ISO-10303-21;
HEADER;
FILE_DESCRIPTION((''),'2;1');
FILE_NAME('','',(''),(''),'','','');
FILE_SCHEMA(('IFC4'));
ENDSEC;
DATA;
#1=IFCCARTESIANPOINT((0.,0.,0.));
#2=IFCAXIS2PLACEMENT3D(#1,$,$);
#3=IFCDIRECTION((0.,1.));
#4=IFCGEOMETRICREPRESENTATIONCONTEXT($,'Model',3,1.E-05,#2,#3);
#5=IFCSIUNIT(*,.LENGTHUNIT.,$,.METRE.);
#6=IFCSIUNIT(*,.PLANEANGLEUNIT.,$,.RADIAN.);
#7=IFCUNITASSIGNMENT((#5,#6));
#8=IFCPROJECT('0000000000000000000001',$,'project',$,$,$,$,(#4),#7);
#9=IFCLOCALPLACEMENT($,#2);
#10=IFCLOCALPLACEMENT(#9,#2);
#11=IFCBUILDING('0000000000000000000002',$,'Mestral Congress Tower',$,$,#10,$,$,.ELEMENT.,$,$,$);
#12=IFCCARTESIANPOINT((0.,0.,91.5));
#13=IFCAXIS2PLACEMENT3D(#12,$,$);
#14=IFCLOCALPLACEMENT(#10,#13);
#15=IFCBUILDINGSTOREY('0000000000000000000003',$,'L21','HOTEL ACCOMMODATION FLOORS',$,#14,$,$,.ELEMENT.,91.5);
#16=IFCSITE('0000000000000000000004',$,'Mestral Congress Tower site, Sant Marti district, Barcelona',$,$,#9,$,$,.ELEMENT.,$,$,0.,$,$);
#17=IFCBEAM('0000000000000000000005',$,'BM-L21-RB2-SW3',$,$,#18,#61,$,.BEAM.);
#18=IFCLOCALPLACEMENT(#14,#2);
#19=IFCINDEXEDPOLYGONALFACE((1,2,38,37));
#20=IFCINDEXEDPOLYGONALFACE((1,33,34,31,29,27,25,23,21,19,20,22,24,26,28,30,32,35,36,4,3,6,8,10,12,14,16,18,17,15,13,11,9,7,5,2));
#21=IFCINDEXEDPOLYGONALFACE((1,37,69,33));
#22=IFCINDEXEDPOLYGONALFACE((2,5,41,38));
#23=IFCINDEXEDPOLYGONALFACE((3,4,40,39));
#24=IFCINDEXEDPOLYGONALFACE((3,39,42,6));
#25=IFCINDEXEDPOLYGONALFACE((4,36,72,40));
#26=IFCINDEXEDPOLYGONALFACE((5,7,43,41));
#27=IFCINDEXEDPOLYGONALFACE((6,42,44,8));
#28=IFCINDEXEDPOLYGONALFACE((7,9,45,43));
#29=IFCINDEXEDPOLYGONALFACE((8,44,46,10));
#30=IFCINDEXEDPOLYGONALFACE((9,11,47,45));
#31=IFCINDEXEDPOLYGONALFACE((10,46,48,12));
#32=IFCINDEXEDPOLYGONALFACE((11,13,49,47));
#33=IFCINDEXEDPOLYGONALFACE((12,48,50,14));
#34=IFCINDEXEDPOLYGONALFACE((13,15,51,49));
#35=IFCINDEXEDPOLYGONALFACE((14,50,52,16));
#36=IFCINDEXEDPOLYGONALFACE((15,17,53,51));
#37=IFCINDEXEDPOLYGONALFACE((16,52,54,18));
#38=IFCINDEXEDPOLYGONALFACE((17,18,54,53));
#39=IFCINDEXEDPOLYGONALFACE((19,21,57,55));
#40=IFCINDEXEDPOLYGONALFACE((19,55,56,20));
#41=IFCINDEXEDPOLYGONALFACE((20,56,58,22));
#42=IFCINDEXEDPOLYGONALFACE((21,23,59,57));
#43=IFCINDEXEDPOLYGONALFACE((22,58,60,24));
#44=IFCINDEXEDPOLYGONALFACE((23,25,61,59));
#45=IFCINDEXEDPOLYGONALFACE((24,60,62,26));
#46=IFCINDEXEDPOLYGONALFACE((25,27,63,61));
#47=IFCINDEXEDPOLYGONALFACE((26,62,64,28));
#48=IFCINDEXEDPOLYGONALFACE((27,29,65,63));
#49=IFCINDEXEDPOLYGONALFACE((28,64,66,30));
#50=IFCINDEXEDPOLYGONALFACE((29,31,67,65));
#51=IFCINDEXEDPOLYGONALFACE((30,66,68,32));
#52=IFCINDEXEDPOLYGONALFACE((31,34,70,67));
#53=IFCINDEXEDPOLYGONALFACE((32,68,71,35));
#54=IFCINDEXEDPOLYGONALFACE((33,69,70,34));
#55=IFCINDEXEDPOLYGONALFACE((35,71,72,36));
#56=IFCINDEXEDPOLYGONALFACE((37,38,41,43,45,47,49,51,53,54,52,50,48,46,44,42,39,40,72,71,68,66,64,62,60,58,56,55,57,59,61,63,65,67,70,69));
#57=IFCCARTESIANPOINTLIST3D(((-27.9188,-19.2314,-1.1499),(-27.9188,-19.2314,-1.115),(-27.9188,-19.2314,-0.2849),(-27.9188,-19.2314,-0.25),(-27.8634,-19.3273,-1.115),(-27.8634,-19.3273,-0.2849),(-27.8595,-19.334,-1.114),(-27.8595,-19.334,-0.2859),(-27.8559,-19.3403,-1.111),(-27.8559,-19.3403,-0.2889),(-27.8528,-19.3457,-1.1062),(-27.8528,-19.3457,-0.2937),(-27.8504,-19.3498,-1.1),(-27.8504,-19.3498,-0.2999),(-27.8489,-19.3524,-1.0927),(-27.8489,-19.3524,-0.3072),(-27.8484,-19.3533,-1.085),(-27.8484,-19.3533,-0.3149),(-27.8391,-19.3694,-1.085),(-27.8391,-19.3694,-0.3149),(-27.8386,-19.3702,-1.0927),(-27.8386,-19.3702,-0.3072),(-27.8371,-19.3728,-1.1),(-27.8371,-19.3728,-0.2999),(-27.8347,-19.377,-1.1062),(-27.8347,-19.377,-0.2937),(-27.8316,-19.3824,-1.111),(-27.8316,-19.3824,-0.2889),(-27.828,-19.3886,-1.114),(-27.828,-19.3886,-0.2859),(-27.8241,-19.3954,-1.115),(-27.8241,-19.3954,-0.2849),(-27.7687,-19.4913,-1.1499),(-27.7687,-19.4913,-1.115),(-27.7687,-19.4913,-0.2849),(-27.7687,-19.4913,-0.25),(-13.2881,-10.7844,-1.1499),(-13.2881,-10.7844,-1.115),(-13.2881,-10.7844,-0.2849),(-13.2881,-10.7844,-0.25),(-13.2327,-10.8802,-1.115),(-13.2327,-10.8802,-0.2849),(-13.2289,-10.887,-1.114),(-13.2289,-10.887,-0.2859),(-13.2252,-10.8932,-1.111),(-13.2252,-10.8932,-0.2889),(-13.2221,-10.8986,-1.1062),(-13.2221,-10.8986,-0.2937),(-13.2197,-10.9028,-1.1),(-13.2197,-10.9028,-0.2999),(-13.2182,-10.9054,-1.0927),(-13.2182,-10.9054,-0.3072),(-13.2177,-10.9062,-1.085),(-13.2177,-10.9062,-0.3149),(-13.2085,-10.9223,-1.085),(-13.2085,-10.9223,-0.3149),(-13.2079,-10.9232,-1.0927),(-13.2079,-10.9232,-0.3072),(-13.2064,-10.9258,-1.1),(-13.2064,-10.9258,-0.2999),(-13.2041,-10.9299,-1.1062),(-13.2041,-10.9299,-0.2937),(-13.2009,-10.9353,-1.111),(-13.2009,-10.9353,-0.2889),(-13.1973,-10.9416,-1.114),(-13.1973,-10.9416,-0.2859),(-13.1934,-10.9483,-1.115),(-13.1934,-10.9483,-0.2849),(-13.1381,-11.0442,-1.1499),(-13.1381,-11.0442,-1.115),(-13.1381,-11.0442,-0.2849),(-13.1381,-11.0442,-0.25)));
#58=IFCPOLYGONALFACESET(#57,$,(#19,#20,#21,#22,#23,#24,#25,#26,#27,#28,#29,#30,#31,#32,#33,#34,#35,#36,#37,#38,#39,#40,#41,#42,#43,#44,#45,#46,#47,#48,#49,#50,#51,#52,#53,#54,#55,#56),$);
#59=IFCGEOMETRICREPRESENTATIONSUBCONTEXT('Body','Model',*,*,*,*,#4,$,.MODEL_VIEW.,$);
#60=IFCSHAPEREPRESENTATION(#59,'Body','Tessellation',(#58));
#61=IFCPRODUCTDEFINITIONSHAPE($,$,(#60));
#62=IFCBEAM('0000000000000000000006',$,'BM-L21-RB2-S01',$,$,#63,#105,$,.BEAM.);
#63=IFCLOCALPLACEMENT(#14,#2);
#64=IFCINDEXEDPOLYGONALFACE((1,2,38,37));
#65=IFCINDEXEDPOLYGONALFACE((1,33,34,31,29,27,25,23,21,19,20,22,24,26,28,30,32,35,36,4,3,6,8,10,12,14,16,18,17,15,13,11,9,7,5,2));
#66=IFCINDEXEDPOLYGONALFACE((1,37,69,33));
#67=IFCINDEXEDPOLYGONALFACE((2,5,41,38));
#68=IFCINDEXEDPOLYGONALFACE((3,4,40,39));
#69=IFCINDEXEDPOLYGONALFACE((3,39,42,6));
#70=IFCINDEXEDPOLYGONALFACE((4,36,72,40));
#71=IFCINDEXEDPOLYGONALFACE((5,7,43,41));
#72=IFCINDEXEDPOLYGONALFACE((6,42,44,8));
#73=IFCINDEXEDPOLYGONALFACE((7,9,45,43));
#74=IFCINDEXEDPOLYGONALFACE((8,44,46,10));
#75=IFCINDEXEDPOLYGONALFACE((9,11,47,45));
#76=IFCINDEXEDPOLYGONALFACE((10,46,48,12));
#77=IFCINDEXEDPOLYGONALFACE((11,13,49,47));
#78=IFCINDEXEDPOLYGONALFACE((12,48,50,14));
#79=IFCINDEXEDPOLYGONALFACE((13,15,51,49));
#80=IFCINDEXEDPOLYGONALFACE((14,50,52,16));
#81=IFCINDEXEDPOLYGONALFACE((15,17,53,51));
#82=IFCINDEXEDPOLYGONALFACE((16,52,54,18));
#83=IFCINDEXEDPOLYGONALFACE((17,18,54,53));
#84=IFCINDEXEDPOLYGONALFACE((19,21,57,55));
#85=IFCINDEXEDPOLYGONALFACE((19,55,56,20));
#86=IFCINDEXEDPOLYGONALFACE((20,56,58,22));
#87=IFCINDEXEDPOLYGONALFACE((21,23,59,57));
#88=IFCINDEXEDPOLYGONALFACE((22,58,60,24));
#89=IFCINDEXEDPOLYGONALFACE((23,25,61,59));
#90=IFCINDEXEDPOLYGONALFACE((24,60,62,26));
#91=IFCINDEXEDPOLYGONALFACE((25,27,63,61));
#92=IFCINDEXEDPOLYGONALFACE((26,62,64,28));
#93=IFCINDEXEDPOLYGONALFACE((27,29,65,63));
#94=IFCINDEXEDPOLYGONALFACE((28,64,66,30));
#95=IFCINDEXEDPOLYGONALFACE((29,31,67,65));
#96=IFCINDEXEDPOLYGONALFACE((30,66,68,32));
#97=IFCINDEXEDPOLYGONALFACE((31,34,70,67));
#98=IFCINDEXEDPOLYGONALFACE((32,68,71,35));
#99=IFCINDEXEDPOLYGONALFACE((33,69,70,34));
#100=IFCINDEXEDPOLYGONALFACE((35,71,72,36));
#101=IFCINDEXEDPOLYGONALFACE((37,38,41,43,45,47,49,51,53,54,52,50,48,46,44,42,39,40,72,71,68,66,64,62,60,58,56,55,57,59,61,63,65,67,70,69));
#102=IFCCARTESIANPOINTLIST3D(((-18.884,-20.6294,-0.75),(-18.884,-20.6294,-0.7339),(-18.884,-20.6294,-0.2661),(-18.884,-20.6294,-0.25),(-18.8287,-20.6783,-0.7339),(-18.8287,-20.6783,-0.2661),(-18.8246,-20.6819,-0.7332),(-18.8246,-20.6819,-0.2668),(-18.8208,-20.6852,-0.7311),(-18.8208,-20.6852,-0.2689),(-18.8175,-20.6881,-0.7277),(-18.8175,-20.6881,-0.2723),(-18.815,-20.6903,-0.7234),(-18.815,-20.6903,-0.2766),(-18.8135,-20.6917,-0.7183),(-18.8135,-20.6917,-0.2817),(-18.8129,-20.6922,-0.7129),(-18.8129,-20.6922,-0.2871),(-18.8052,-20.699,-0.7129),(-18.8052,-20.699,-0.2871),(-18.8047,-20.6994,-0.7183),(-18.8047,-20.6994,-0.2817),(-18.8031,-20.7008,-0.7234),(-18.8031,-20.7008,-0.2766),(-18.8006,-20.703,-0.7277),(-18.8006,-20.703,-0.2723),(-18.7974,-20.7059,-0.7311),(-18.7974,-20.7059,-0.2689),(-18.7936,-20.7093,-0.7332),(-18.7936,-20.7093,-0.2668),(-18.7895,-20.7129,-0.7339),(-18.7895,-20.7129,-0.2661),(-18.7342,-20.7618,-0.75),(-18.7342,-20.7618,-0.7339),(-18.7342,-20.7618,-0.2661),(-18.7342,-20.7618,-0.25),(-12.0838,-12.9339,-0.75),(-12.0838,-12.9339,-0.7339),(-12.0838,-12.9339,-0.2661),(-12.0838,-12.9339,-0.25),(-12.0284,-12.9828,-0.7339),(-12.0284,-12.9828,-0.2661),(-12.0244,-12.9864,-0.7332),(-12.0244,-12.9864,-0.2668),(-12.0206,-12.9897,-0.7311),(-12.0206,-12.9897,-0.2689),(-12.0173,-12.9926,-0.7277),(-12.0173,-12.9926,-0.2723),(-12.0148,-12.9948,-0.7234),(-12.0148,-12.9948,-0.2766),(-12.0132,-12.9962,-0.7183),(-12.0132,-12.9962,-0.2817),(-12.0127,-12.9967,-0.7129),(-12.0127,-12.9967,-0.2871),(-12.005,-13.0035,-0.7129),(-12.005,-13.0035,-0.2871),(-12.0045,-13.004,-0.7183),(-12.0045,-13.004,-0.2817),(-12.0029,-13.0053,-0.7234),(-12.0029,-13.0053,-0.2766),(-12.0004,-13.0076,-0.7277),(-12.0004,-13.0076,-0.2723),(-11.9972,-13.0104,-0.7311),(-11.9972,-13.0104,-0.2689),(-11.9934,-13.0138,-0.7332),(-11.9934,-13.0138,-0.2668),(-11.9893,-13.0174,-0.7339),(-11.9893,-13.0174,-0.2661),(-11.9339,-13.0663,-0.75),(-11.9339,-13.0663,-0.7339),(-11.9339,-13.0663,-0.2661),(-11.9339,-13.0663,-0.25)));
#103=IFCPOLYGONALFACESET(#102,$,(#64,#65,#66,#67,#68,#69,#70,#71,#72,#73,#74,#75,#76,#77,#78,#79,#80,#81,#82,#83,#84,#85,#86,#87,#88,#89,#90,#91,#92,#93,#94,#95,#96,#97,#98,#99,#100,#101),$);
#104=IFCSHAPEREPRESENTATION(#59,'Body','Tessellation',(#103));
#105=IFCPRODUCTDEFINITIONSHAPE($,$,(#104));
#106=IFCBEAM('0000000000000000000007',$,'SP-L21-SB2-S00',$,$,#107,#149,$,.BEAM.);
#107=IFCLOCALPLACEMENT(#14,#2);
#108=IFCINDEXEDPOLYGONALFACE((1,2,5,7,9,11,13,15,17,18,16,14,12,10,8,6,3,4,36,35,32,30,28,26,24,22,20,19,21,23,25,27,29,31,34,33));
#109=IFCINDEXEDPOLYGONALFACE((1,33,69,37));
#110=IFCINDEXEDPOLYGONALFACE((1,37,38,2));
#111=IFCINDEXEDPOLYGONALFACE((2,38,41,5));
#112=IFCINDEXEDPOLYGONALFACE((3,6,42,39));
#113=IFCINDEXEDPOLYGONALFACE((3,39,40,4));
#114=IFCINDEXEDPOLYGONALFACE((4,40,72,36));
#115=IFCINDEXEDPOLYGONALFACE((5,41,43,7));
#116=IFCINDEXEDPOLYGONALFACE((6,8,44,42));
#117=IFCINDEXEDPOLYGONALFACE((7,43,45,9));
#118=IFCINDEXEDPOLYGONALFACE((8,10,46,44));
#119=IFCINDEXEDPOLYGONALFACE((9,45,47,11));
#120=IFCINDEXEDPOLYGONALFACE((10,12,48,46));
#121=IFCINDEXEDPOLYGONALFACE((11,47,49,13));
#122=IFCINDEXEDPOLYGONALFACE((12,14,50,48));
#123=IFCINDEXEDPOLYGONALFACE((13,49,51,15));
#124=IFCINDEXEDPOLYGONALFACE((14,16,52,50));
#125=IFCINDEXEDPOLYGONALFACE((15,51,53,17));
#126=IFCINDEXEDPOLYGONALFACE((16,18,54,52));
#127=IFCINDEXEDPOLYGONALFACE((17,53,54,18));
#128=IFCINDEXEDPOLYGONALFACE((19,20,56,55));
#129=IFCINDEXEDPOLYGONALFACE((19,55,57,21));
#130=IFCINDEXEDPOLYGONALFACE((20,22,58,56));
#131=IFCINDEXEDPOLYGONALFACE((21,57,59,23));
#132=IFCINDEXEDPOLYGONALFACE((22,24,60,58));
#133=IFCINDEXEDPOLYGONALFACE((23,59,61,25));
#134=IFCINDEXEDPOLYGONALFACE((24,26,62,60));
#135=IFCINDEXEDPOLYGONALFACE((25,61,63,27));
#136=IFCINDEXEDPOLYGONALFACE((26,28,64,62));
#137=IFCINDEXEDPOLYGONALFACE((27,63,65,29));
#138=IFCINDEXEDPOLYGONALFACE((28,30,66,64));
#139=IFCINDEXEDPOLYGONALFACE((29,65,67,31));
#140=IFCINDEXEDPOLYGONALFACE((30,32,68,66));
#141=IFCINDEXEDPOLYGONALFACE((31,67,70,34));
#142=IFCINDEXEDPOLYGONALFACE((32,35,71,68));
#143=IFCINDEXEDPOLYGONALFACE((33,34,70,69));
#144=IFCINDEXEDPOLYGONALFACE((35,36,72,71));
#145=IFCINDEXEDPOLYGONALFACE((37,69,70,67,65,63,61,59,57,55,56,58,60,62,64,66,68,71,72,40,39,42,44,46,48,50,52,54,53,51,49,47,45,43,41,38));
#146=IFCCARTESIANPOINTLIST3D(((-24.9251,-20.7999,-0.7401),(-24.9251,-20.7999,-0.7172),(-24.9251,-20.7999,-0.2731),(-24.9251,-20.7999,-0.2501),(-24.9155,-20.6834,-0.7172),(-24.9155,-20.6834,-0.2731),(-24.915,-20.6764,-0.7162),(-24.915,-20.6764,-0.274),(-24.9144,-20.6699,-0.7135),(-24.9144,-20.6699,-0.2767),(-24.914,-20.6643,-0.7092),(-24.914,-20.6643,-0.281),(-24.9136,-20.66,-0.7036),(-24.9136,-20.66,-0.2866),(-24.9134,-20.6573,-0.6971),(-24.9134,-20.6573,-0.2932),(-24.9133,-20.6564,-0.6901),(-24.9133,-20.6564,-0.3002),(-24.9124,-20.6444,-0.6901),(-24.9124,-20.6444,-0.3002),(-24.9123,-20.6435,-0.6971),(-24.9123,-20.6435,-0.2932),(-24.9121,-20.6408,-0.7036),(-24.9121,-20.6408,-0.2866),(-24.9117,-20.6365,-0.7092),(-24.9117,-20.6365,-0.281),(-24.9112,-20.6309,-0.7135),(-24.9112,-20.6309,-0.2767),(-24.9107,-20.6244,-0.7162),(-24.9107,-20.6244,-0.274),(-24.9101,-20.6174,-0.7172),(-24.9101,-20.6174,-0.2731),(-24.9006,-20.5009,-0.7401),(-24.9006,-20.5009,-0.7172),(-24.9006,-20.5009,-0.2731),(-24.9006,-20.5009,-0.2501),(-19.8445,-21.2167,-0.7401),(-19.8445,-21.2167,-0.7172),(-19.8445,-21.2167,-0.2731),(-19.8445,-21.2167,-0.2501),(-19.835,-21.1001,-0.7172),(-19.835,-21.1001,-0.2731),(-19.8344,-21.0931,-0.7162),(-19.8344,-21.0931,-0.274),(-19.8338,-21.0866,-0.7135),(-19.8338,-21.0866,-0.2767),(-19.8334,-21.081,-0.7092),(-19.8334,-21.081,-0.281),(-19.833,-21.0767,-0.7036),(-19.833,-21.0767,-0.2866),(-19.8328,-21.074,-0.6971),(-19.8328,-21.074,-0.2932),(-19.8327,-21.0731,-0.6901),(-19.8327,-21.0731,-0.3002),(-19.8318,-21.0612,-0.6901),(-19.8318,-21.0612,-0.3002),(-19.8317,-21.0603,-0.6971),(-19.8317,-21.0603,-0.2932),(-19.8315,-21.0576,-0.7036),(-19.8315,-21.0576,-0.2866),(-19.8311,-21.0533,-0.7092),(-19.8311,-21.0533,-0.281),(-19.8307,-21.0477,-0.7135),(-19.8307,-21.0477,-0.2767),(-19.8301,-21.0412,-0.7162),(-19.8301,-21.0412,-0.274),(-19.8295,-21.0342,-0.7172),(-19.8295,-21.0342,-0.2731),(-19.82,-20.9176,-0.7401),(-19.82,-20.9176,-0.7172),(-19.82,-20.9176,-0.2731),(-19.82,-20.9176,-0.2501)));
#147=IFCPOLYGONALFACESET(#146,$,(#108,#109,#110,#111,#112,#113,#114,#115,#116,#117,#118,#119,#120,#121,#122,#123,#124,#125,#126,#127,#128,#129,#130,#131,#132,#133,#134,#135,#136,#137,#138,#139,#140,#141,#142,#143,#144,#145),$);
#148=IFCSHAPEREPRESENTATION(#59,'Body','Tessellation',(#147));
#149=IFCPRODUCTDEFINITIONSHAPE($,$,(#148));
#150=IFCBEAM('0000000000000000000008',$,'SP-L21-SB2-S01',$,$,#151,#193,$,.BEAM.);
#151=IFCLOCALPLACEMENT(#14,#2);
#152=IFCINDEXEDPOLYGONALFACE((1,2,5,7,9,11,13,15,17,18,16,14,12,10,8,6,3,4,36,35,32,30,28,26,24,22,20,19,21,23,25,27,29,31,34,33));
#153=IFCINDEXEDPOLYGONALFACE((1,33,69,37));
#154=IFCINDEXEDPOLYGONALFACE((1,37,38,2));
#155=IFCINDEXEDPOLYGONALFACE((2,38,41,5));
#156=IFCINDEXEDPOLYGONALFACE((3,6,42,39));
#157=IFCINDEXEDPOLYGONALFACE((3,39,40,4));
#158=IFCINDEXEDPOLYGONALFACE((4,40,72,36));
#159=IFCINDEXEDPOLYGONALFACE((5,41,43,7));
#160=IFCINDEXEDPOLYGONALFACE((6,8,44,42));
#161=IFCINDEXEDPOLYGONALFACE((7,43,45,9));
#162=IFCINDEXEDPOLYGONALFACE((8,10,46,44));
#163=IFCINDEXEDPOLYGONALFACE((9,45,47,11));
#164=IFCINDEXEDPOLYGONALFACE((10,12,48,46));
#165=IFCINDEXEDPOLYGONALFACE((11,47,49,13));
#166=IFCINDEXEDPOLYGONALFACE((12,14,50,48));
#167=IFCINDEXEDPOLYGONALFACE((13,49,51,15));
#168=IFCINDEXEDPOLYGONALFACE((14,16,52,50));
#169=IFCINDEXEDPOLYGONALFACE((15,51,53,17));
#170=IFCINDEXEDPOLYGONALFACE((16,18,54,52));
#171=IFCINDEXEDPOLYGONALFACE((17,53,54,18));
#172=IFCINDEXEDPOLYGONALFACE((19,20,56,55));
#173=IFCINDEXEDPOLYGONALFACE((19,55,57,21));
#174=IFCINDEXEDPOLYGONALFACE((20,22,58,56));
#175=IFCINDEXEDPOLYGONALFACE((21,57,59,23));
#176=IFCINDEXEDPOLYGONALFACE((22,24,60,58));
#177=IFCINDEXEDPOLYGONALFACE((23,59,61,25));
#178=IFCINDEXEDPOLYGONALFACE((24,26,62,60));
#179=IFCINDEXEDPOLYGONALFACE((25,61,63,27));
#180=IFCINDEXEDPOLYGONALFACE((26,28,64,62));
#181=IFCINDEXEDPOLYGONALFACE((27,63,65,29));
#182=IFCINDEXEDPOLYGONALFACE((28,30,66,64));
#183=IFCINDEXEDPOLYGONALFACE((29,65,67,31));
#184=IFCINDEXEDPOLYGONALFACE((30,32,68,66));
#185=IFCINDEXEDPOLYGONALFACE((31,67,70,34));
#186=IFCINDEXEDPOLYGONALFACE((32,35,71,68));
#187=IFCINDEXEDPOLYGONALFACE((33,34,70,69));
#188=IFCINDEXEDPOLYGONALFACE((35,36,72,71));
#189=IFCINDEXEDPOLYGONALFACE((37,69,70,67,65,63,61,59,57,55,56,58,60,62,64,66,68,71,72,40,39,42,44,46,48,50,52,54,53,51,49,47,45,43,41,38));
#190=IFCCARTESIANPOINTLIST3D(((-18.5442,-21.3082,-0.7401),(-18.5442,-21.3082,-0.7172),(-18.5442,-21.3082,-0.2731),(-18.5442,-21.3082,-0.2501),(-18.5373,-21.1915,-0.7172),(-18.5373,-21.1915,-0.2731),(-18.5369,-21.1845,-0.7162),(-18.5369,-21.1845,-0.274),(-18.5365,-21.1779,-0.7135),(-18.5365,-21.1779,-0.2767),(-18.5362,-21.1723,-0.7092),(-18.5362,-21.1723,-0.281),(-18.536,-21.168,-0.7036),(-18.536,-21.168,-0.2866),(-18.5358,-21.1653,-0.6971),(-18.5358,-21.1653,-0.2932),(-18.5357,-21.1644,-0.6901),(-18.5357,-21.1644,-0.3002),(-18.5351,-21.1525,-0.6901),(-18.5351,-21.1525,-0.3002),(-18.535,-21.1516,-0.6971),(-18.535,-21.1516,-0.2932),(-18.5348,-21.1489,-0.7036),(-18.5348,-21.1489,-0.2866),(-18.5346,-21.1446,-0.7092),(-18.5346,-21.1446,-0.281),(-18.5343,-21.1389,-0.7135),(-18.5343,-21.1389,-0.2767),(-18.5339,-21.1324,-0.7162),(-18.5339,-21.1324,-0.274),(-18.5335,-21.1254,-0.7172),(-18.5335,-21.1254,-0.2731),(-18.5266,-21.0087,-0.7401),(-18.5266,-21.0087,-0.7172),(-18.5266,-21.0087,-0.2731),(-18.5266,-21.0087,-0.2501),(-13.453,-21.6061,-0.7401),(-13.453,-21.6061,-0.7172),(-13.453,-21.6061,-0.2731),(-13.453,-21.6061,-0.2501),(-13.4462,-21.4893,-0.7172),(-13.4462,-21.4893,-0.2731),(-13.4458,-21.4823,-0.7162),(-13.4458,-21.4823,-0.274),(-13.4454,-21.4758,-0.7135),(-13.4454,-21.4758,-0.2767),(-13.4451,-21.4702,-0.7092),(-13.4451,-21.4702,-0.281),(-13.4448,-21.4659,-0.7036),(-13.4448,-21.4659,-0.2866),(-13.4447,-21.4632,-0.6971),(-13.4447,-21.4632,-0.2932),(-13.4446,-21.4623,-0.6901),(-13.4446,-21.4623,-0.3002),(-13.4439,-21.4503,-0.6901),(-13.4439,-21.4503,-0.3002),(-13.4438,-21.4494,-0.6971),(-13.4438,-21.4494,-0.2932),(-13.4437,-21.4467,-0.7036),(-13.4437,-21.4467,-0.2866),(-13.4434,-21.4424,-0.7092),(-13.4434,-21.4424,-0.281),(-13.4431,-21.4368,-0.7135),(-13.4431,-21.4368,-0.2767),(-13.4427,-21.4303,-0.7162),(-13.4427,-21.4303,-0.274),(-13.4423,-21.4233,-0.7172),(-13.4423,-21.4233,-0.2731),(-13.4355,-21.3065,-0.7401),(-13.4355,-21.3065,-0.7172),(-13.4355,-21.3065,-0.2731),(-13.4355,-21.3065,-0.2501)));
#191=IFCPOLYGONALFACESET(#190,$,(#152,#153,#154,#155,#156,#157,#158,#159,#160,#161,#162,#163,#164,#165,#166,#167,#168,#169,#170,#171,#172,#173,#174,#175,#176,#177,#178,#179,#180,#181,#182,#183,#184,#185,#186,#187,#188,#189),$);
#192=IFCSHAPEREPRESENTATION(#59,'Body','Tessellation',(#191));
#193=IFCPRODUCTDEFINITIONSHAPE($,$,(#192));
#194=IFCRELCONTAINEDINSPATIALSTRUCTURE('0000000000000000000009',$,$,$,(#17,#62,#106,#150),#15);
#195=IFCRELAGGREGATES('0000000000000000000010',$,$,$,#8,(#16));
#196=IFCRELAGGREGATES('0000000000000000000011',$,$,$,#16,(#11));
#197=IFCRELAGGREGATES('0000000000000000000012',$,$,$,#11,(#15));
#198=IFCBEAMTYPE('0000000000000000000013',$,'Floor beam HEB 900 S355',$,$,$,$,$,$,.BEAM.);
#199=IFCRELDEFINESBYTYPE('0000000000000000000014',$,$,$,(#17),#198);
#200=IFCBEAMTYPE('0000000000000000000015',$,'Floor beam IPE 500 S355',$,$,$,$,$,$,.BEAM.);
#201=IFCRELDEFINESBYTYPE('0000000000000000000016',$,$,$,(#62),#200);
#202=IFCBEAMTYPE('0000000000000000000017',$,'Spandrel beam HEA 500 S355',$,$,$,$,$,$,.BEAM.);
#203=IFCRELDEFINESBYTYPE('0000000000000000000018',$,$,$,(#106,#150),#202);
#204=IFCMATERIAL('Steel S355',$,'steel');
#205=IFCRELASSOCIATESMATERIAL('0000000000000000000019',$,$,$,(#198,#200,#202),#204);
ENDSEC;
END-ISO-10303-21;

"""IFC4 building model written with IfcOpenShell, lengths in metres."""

from ifc_helpers import new_model, si_unit, direction, frame, origin, origin_2d, place, context, subcontext, project, spatial, i_section, extrude, material, material_profile, profile_set, type_object, element, save


model = new_model("IFC4")

# Units and contexts
model_context = context("Model", 3, precision=1e-05, world=origin(), true_north=direction((0.0, 1.0)))
body_context = subcontext(model_context, "Body", "Model", "MODEL_VIEW")
ifc_project = project(units=[si_unit("LENGTHUNIT", "METRE"), si_unit("PLANEANGLEUNIT", "RADIAN")], contexts=[model_context])

# Site, building, storey
site_placement = place(None, origin())
site = spatial("IfcSite", under=ifc_project, at=site_placement, Name="Mestral Congress Tower site, Sant Marti district, Barcelona", CompositionType="ELEMENT", RefElevation=0.0)
building_placement = place(site_placement, origin())
building = spatial("IfcBuilding", under=site, at=building_placement, Name="Mestral Congress Tower", CompositionType="ELEMENT")
storey_placement = place(building_placement, frame((0.0, 0.0, 91.5)))
storey = spatial("IfcBuildingStorey", under=building, at=storey_placement, Name="L21", Description="HOTEL ACCOMMODATION FLOORS", CompositionType="ELEMENT", Elevation=91.5)

# Beams
ifc_material_1 = material(Name="Steel S355", Category="steel")
ifc_material_profile_1 = material_profile(ifc_material_1, i_section(OverallWidth=0.3, OverallDepth=0.8999, WebThickness=0.0186, FlangeThickness=0.0349, FilletRadius=0.03, at=origin_2d()), Name="HEB 900")
ifc_profile_set_1 = profile_set([ifc_material_profile_1], Name="Steel S355")
beam_type_1 = type_object("IfcBeamType", Name="Floor beam HEB 900 S355", PredefinedType="BEAM", material=ifc_profile_set_1)
beam_1_placement = place(storey_placement, frame((-27.8438, -19.3613, -0.7), z_axis=(0.866025, 0.500001, 0.0), x_axis=(-0.500001, 0.866025, 0.0)))
element("IfcBeam", 1, at=beam_1_placement, inside=storey, type_object=beam_type_1, Name="BM-L21-RB2-SW3", PredefinedType="BEAM", context=body_context, shape_type="SweptSolid", body=[
    extrude(i_section(OverallWidth=0.3, OverallDepth=0.8999, WebThickness=0.0186, FlangeThickness=0.0349, FilletRadius=0.03, at=origin_2d()), origin(), (0.0, 0.0, 1.0), 16.894),
])
ifc_material_profile_2 = material_profile(ifc_material_1, i_section(OverallWidth=0.2, OverallDepth=0.5, WebThickness=0.0103, FlangeThickness=0.0161, FilletRadius=0.021, at=origin_2d()), Name="IPE 500")
ifc_profile_set_2 = profile_set([ifc_material_profile_2], Name="Steel S355")
beam_type_2 = type_object("IfcBeamType", Name="Floor beam IPE 500 S355", PredefinedType="BEAM", material=ifc_profile_set_2)
beam_2_placement = place(storey_placement, frame((-18.8091, -20.6956, -0.5), z_axis=(0.662174, 0.74935, 0.0), x_axis=(-0.74935, 0.662174, 0.0)))
element("IfcBeam", 2, at=beam_2_placement, inside=storey, type_object=beam_type_2, Name="BM-L21-RB2-S01", PredefinedType="BEAM", context=body_context, shape_type="SweptSolid", body=[
    extrude(i_section(OverallWidth=0.2, OverallDepth=0.5, WebThickness=0.0103, FlangeThickness=0.0161, FilletRadius=0.021, at=origin_2d()), origin(), (0.0, 0.0, 1.0), 10.2695),
])
ifc_material_profile_3 = material_profile(ifc_material_1, i_section(OverallWidth=0.3, OverallDepth=0.49, WebThickness=0.012, FlangeThickness=0.0229, FilletRadius=0.0271, at=origin_2d()), Name="HEA 500")
ifc_profile_set_3 = profile_set([ifc_material_profile_3], Name="Steel S355")
beam_type_3 = type_object("IfcBeamType", Name="Spandrel beam HEA 500 S355", PredefinedType="BEAM", material=ifc_profile_set_3)
beam_3_placement = place(storey_placement, frame((-24.9128, -20.6504, -0.4951), z_axis=(0.996653, -0.081753, 0.0), x_axis=(0.081753, 0.996653, 0.0)))
element("IfcBeam", 3, at=beam_3_placement, inside=storey, type_object=beam_type_3, Name="SP-L21-SB2-S00", PredefinedType="BEAM", context=body_context, shape_type="SweptSolid", body=[
    extrude(i_section(OverallWidth=0.3, OverallDepth=0.49, WebThickness=0.012, FlangeThickness=0.0229, FilletRadius=0.0271, at=origin_2d()), origin(), (0.0, 0.0, 1.0), 5.0977),
])
beam_4_placement = place(storey_placement, frame((-18.5354, -21.1584, -0.4951), z_axis=(0.998293, -0.058405, 0.0), x_axis=(0.058405, 0.998293, 0.0)))
element("IfcBeam", 4, at=beam_4_placement, inside=storey, type_object=beam_type_3, Name="SP-L21-SB2-S01", PredefinedType="BEAM", context=body_context, shape_type="SweptSolid", body=[
    extrude(i_section(OverallWidth=0.3, OverallDepth=0.49, WebThickness=0.012, FlangeThickness=0.0229, FilletRadius=0.0271, at=origin_2d()), origin(), (0.0, 0.0, 1.0), 5.0999),
])

save(model, "model.ifc")
